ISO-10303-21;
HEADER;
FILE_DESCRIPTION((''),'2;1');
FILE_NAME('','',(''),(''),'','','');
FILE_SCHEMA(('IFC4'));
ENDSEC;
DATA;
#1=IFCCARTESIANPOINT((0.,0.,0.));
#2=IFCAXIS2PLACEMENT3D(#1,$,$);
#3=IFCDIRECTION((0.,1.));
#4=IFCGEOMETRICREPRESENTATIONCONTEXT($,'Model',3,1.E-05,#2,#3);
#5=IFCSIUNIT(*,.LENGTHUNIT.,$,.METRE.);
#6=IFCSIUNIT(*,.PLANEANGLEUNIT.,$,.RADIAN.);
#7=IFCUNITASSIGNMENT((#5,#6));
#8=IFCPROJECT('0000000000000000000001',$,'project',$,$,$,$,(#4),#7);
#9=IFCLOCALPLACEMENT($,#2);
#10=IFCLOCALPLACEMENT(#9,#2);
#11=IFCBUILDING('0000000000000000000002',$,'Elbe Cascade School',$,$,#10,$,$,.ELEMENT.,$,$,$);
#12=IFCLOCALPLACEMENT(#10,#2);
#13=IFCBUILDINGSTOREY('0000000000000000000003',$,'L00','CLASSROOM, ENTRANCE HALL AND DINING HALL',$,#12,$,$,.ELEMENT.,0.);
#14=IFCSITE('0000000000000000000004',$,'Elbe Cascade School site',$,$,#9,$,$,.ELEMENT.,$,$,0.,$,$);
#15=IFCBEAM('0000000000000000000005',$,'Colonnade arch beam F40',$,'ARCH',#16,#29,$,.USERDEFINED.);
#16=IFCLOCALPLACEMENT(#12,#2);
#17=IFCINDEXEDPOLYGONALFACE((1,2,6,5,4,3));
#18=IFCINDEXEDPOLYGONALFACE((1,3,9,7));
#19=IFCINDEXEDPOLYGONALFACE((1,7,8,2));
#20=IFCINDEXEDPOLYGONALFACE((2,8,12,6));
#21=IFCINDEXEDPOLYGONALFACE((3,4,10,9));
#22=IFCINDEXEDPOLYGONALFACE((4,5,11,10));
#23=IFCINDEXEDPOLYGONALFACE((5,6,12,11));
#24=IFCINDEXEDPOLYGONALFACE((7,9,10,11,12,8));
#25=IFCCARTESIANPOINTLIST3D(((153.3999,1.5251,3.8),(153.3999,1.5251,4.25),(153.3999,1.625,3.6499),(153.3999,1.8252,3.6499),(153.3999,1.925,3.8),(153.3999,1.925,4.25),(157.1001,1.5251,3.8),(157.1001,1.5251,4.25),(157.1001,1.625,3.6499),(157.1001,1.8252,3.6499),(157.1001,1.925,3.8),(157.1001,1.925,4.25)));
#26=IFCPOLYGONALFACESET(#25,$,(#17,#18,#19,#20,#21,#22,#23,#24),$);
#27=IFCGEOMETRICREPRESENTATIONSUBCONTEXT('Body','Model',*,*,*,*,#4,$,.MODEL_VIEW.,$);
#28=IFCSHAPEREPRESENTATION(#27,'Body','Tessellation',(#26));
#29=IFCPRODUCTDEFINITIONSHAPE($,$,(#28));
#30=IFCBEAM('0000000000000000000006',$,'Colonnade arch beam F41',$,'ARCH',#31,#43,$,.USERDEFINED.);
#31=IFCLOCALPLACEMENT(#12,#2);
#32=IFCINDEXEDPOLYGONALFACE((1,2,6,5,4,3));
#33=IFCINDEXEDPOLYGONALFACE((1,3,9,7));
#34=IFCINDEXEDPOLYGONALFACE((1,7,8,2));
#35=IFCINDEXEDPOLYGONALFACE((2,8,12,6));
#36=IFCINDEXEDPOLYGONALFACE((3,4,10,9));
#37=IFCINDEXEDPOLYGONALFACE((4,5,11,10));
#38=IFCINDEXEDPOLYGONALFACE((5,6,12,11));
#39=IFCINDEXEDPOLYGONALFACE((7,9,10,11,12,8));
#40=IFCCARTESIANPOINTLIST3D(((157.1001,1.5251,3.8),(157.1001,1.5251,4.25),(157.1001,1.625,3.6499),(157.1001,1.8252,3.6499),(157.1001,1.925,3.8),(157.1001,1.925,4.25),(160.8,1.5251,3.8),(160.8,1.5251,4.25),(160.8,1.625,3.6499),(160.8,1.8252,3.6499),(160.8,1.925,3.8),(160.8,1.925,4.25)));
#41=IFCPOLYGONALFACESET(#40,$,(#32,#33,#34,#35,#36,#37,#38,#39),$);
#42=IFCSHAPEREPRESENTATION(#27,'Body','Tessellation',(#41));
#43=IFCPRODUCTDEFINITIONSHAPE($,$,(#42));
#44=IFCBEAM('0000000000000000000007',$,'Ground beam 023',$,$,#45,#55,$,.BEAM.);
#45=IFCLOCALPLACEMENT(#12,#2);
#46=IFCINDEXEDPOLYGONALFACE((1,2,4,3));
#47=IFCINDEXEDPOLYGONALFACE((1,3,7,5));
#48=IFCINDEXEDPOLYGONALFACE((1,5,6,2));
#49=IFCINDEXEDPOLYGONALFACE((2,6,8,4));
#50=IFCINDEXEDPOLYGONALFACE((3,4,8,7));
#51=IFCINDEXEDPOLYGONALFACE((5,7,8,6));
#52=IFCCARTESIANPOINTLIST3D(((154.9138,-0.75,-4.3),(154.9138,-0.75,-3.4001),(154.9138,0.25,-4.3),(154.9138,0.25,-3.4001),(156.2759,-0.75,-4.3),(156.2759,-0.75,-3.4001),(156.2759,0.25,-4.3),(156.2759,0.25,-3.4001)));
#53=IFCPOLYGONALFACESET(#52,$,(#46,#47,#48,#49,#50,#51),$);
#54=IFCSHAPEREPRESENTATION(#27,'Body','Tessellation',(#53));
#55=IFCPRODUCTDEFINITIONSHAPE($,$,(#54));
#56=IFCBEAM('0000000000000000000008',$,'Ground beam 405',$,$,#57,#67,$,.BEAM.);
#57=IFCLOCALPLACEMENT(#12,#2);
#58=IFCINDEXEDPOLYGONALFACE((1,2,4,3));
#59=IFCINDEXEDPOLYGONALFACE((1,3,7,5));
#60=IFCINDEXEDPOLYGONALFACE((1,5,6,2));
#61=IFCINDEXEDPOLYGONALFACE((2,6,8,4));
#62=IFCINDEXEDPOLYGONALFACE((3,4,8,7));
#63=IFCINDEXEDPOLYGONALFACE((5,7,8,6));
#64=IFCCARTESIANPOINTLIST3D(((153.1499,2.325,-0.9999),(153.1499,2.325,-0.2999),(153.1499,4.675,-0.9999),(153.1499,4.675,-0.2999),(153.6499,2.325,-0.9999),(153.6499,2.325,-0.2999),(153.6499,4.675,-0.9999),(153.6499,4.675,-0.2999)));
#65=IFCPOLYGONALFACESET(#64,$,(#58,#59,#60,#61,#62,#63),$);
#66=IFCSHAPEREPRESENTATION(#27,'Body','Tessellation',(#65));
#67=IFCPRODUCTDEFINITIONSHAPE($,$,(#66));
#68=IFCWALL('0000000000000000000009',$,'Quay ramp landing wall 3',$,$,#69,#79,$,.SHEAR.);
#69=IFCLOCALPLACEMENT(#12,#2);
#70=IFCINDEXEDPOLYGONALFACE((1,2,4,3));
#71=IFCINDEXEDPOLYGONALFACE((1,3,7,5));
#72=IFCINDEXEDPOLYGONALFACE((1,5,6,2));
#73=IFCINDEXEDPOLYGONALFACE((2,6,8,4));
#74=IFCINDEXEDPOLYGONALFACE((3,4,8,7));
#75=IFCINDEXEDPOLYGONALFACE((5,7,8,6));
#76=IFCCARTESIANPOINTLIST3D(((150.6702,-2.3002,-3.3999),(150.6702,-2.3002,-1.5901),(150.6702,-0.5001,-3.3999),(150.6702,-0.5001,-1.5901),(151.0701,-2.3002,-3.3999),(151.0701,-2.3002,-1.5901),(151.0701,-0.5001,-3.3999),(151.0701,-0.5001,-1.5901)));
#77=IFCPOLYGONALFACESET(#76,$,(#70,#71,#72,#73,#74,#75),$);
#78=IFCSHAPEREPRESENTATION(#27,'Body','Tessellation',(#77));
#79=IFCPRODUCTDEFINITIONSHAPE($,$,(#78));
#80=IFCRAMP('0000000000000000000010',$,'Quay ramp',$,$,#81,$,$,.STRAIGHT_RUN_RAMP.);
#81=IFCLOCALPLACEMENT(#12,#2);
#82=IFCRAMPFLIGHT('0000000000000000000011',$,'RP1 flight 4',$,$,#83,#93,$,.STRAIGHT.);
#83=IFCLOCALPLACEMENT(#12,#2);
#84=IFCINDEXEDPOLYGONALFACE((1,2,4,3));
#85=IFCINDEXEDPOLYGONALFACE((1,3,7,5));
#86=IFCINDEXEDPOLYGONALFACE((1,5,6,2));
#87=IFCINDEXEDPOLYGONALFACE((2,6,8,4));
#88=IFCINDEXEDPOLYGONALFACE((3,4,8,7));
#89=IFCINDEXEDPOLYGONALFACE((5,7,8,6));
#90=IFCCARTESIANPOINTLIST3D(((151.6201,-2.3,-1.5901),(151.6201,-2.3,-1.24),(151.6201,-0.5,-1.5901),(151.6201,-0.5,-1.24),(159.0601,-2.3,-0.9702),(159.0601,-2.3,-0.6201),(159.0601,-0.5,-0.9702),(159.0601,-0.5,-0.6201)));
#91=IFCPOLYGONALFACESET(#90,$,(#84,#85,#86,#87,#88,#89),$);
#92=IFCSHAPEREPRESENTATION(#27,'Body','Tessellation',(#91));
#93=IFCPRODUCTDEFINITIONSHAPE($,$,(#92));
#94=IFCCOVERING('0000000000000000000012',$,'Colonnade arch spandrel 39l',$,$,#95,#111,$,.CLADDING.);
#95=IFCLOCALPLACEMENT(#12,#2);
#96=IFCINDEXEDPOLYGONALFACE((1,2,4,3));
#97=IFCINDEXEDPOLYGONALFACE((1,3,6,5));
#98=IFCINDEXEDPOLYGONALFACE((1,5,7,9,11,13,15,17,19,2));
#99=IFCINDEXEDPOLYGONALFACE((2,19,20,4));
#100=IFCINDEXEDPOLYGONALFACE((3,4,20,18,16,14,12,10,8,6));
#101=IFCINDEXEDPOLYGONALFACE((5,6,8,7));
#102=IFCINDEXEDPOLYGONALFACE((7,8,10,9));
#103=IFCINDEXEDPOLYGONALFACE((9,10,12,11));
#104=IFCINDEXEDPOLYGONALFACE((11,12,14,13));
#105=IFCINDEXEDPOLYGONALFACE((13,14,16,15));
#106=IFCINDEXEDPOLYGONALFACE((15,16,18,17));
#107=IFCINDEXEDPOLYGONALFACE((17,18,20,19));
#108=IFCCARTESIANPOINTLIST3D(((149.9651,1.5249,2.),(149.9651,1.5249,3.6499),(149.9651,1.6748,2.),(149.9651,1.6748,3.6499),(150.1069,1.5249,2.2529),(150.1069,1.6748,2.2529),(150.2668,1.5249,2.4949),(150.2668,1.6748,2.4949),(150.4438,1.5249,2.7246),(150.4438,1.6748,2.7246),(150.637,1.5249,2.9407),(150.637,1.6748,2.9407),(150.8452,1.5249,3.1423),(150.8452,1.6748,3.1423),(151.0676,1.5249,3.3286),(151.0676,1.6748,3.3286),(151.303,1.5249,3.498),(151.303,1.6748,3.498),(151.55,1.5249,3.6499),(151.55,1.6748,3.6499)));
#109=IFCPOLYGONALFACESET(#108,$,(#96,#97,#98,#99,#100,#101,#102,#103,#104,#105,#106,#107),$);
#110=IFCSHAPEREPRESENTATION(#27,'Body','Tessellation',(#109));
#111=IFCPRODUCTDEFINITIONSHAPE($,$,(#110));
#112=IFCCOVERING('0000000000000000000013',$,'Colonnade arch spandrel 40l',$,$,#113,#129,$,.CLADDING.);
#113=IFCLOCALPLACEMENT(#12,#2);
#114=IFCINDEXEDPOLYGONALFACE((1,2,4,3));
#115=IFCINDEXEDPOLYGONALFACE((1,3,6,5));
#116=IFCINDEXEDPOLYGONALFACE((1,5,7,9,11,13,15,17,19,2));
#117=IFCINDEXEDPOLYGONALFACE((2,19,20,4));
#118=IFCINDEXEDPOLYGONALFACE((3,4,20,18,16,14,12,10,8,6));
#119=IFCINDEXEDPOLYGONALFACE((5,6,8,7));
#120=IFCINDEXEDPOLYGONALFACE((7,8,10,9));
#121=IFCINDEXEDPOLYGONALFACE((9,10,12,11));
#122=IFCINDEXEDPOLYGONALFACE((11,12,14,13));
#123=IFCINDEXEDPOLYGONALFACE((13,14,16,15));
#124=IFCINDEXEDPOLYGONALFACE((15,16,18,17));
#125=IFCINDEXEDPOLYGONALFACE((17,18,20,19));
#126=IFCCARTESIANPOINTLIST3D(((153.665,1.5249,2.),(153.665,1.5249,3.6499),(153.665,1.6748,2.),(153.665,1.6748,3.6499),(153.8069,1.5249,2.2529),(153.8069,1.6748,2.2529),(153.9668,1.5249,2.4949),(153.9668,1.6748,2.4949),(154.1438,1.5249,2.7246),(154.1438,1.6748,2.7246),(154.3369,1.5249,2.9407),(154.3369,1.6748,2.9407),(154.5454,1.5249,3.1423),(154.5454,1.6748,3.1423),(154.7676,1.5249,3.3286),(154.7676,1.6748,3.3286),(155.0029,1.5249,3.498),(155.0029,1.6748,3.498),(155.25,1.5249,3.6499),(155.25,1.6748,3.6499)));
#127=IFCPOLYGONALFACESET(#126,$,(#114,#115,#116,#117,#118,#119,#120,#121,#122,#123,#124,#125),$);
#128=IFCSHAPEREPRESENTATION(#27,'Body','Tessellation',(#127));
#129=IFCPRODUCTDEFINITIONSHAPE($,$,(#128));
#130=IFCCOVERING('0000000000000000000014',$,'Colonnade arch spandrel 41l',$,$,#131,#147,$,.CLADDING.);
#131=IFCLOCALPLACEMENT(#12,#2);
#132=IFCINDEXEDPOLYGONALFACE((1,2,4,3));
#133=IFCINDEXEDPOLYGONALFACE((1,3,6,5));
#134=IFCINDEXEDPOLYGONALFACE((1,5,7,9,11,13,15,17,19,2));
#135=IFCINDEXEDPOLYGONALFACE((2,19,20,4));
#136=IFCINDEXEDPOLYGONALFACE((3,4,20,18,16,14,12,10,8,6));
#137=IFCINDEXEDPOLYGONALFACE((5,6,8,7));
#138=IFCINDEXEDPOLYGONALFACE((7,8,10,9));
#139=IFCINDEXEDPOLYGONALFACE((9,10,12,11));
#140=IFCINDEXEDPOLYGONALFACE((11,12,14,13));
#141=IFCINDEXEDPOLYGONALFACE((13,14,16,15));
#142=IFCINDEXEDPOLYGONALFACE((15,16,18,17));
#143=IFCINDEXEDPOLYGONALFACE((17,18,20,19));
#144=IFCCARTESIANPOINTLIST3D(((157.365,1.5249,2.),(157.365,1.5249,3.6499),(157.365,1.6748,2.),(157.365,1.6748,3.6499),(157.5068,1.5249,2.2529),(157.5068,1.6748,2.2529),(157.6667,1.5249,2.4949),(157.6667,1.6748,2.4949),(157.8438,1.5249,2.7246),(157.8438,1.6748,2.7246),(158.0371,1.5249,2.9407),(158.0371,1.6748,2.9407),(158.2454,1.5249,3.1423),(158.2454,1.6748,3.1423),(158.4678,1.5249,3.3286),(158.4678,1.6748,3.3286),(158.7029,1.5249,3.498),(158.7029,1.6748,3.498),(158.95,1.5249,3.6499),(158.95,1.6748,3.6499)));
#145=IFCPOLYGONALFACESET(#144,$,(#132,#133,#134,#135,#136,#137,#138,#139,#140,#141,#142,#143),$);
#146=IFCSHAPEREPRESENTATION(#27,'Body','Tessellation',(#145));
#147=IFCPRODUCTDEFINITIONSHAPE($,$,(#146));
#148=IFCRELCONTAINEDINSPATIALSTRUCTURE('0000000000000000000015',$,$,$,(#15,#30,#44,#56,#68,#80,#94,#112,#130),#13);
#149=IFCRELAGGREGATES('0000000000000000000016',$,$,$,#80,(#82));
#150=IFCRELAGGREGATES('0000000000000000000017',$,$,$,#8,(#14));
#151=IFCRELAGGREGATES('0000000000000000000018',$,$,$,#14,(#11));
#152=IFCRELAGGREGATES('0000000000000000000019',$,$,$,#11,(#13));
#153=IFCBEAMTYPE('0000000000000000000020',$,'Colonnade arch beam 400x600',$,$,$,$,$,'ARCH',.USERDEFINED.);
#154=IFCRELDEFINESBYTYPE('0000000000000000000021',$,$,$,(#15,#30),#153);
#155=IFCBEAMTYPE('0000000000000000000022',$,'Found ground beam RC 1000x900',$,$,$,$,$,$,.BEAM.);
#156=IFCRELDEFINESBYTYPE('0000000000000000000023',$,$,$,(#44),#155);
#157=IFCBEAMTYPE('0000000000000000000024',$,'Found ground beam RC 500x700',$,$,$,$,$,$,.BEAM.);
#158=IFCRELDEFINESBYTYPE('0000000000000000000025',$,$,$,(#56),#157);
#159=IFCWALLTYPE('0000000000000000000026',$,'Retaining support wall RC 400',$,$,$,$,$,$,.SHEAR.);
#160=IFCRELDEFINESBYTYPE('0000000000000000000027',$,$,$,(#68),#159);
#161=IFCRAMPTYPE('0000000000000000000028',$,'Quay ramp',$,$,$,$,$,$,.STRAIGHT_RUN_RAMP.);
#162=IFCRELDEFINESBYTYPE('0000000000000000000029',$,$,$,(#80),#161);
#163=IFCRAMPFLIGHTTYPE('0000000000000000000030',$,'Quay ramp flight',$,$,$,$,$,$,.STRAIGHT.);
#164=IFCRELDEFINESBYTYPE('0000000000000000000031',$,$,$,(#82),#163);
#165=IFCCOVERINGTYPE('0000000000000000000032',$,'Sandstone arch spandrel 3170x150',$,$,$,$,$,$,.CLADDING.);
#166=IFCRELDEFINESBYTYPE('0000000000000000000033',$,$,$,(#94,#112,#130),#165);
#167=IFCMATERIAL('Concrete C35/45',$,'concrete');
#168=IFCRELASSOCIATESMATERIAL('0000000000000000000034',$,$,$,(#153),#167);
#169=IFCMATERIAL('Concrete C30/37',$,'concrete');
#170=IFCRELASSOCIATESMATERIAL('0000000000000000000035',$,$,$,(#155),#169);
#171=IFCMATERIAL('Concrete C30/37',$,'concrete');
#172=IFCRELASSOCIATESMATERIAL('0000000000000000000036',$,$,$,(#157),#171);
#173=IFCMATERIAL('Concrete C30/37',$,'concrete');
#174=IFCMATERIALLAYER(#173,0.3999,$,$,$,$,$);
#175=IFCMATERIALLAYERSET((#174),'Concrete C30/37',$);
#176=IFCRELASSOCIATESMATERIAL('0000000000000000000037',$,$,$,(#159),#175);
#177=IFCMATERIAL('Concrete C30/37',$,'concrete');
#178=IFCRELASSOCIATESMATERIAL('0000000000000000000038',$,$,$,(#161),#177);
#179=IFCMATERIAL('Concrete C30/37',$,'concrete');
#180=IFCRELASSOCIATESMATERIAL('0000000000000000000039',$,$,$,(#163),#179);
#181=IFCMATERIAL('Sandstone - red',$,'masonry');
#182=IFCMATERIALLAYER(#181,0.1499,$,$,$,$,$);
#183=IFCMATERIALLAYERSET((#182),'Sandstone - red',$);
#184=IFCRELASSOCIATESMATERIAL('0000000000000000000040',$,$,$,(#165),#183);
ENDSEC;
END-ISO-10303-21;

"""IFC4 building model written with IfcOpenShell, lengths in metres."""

from ifc_helpers import new_model, si_unit, direction, frame, frame_2d, origin, origin_2d, place, context, subcontext, project, spatial, polyline, rectangle, outline, extrude, material, layer, layer_set, material_profile, profile_set, type_object, element, aggregate, save


model = new_model("IFC4")

# Units and contexts
model_context = context("Model", 3, precision=1e-05, world=origin(), true_north=direction((0.0, 1.0)))
body_context = subcontext(model_context, "Body", "Model", "MODEL_VIEW")
ifc_project = project(units=[si_unit("LENGTHUNIT", "METRE"), si_unit("PLANEANGLEUNIT", "RADIAN")], contexts=[model_context])

# Site, building, storey
site_placement = place(None, origin())
site = spatial("IfcSite", under=ifc_project, at=site_placement, Name="Elbe Cascade School site", CompositionType="ELEMENT", RefElevation=0.0)
building_placement = place(site_placement, origin())
building = spatial("IfcBuilding", under=site, at=building_placement, Name="Elbe Cascade School", CompositionType="ELEMENT")
storey_placement = place(building_placement, origin())
storey = spatial("IfcBuildingStorey", under=building, at=storey_placement, Name="L00", Description="CLASSROOM, ENTRANCE HALL AND DINING HALL", CompositionType="ELEMENT", Elevation=0.0)

# Beams
ifc_material_1 = material(Name="Concrete C35/45", Category="concrete")
ifc_material_profile_1 = material_profile(ifc_material_1, outline(polyline([(-0.2, 0.3), (0.2, 0.3), (0.2, -0.1499), (0.1001, -0.3), (-0.1001, -0.3), (-0.2, -0.1499), (-0.2, 0.3)])), Name="RC arch 400x600")
ifc_profile_set_1 = profile_set([ifc_material_profile_1], Name="Concrete C35/45")
beam_type_1 = type_object("IfcBeamType", Name="Colonnade arch beam 400x600", ElementType="ARCH", PredefinedType="USERDEFINED", material=ifc_profile_set_1)
beam_1_placement = place(storey_placement, frame((153.3999, 1.7251, 3.95), z_axis=(1.0, 0.0, 0.0), x_axis=(0.0, 1.0, 0.0)))
element("IfcBeam", 1, at=beam_1_placement, inside=storey, type_object=beam_type_1, Name="Colonnade arch beam F40", ObjectType="ARCH", PredefinedType="USERDEFINED", context=body_context, shape_type="SweptSolid", body=[
    extrude(outline(polyline([(-0.2, 0.3), (0.2, 0.3), (0.2, -0.1499), (0.1001, -0.3), (-0.1001, -0.3), (-0.2, -0.1499), (-0.2, 0.3)])), origin(), (0.0, 0.0, 1.0), 3.7002),
])
beam_2_placement = place(storey_placement, frame((157.1001, 1.7251, 3.95), z_axis=(1.0, 0.0, 0.0), x_axis=(0.0, 1.0, 0.0)))
element("IfcBeam", 2, at=beam_2_placement, inside=storey, type_object=beam_type_1, Name="Colonnade arch beam F41", ObjectType="ARCH", PredefinedType="USERDEFINED", context=body_context, shape_type="SweptSolid", body=[
    extrude(outline(polyline([(-0.2, 0.3), (0.2, 0.3), (0.2, -0.1499), (0.1001, -0.3), (-0.1001, -0.3), (-0.2, -0.1499), (-0.2, 0.3)])), origin(), (0.0, 0.0, 1.0), 3.7),
])
ifc_material_2 = material(Name="Concrete C30/37", Category="concrete")
ifc_material_profile_2 = material_profile(ifc_material_2, rectangle(XDim=1.0, YDim=0.8999, at=origin_2d()), Name="RC 1000x900")
ifc_profile_set_2 = profile_set([ifc_material_profile_2], Name="Concrete C30/37")
beam_type_2 = type_object("IfcBeamType", Name="Found ground beam RC 1000x900", PredefinedType="BEAM", material=ifc_profile_set_2)
beam_3_placement = place(storey_placement, frame((154.9138, -0.25, -3.8501), z_axis=(1.0, 0.0, 0.0), x_axis=(0.0, 1.0, 0.0)))
element("IfcBeam", 3, at=beam_3_placement, inside=storey, type_object=beam_type_2, Name="Ground beam 023", PredefinedType="BEAM", context=body_context, shape_type="SweptSolid", body=[
    extrude(rectangle(XDim=1.0, YDim=0.8999, at=origin_2d()), origin(), (0.0, 0.0, 1.0), 1.3621),
])
ifc_material_3 = material(Name="Concrete C30/37", Category="concrete")
ifc_material_profile_3 = material_profile(ifc_material_3, rectangle(XDim=0.5, YDim=0.7, at=origin_2d()), Name="RC 500x700")
ifc_profile_set_3 = profile_set([ifc_material_profile_3], Name="Concrete C30/37")
beam_type_3 = type_object("IfcBeamType", Name="Found ground beam RC 500x700", PredefinedType="BEAM", material=ifc_profile_set_3)
beam_4_placement = place(storey_placement, frame((153.3999, 2.325, -0.6499), z_axis=(0.0, 1.0, 0.0), x_axis=(-1.0, 0.0, 0.0)))
element("IfcBeam", 4, at=beam_4_placement, inside=storey, type_object=beam_type_3, Name="Ground beam 405", PredefinedType="BEAM", context=body_context, shape_type="SweptSolid", body=[
    extrude(rectangle(XDim=0.5, YDim=0.7, at=origin_2d()), origin(), (0.0, 0.0, 1.0), 2.3501),
])

# Wall
ifc_material_4 = material(Name="Concrete C30/37", Category="concrete")
ifc_layer_1 = layer(ifc_material_4, 0.3999)
ifc_layer_set_1 = layer_set([ifc_layer_1], Name="Concrete C30/37")
wall_type = type_object("IfcWallType", Name="Retaining support wall RC 400", PredefinedType="SHEAR", material=ifc_layer_set_1)
wall_placement = place(storey_placement, frame((150.8701, -2.3, -3.3999), z_axis=(0.0, 0.0, 1.0), x_axis=(0.0, 1.0, 0.0)))
element("IfcWall", 5, at=wall_placement, inside=storey, type_object=wall_type, Name="Quay ramp landing wall 3", PredefinedType="SHEAR", context=body_context, shape_type="SweptSolid", body=[
    extrude(rectangle(XDim=1.8, YDim=0.3999, at=frame_2d((0.8999, 0.0))), origin(), (0.0, 0.0, 1.0), 1.8098),
])

# Ramp, ramp flight
ifc_material_5 = material(Name="Concrete C30/37", Category="concrete")
ramp_type = type_object("IfcRampType", Name="Quay ramp", PredefinedType="STRAIGHT_RUN_RAMP", material=ifc_material_5)
ramp_placement = place(storey_placement, origin())
ramp = element("IfcRamp", 6, at=ramp_placement, inside=storey, type_object=ramp_type, Name="Quay ramp", PredefinedType="STRAIGHT_RUN_RAMP")
ifc_material_6 = material(Name="Concrete C30/37", Category="concrete")
ramp_flight_type = type_object("IfcRampFlightType", Name="Quay ramp flight", PredefinedType="STRAIGHT", material=ifc_material_6)
ramp_flight_placement = place(storey_placement, frame((151.6201, -1.3999, -1.24), z_axis=(0.0, 0.0, 1.0), x_axis=(1.0, 0.0, 0.0)))
ramp_flight = element("IfcRampFlight", 7, at=ramp_flight_placement, type_object=ramp_flight_type, Name="RP1 flight 4", PredefinedType="STRAIGHT", context=body_context, shape_type="SweptSolid", body=[
    extrude(outline(polyline([(0.0, -0.3501), (7.4399, 0.2698), (7.4399, 0.6199), (0.0, 0.0), (0.0, -0.3501)])), frame((0.0, 0.8999, 0.0), z_axis=(0.0, -1.0, 0.0), x_axis=(1.0, 0.0, 0.0)), (0.0, 0.0, 1.0), 1.8),
])
aggregate(ramp, [ramp_flight])

# Coverings
ifc_material_7 = material(Name="Sandstone - red", Category="masonry")
ifc_layer_2 = layer(ifc_material_7, 0.1499)
ifc_layer_set_2 = layer_set([ifc_layer_2], Name="Sandstone - red")
covering_type = type_object("IfcCoveringType", Name="Sandstone arch spandrel 3170x150", PredefinedType="CLADDING", material=ifc_layer_set_2)
covering_1_placement = place(storey_placement, frame((149.9651, 1.5249, 3.6499), z_axis=(0.0, -1.0, 0.0), x_axis=(0.0, 0.0, -1.0)))
element("IfcCovering", 8, at=covering_1_placement, inside=storey, type_object=covering_type, Name="Colonnade arch spandrel 39l", PredefinedType="CLADDING", context=body_context, shape_type="SweptSolid", body=[
    extrude(outline(polyline([(0.0, 0.0), (1.6499, 0.0), (1.397, 0.1418), (1.155, 0.3018), (0.9253, 0.4788), (0.7092, 0.6719), (0.5076, 0.8801), (0.3213, 1.1025), (0.1519, 1.3379), (0.0, 1.585), (0.0, 0.0)])), origin(), (0.0, 0.0, -1.0), 0.1499),
])
covering_2_placement = place(storey_placement, frame((153.665, 1.5249, 3.6499), z_axis=(0.0, -1.0, 0.0), x_axis=(0.0, 0.0, -1.0)))
element("IfcCovering", 9, at=covering_2_placement, inside=storey, type_object=covering_type, Name="Colonnade arch spandrel 40l", PredefinedType="CLADDING", context=body_context, shape_type="SweptSolid", body=[
    extrude(outline(polyline([(0.0, 0.0), (1.6499, 0.0), (1.397, 0.1418), (1.155, 0.3018), (0.9253, 0.4788), (0.7092, 0.6719), (0.5076, 0.8804), (0.3213, 1.1025), (0.1519, 1.3379), (0.0, 1.585), (0.0, 0.0)])), origin(), (0.0, 0.0, -1.0), 0.1499),
])
covering_3_placement = place(storey_placement, frame((157.365, 1.5249, 3.6499), z_axis=(0.0, -1.0, 0.0), x_axis=(0.0, 0.0, -1.0)))
element("IfcCovering", 10, at=covering_3_placement, inside=storey, type_object=covering_type, Name="Colonnade arch spandrel 41l", PredefinedType="CLADDING", context=body_context, shape_type="SweptSolid", body=[
    extrude(outline(polyline([(0.0, 0.0), (1.6499, 0.0), (1.397, 0.1418), (1.155, 0.3018), (0.9253, 0.4788), (0.7092, 0.6721), (0.5076, 0.8804), (0.3213, 1.1028), (0.1519, 1.3379), (0.0, 1.585), (0.0, 0.0)])), origin(), (0.0, 0.0, -1.0), 0.1499),
])

save(model, "model.ifc")
